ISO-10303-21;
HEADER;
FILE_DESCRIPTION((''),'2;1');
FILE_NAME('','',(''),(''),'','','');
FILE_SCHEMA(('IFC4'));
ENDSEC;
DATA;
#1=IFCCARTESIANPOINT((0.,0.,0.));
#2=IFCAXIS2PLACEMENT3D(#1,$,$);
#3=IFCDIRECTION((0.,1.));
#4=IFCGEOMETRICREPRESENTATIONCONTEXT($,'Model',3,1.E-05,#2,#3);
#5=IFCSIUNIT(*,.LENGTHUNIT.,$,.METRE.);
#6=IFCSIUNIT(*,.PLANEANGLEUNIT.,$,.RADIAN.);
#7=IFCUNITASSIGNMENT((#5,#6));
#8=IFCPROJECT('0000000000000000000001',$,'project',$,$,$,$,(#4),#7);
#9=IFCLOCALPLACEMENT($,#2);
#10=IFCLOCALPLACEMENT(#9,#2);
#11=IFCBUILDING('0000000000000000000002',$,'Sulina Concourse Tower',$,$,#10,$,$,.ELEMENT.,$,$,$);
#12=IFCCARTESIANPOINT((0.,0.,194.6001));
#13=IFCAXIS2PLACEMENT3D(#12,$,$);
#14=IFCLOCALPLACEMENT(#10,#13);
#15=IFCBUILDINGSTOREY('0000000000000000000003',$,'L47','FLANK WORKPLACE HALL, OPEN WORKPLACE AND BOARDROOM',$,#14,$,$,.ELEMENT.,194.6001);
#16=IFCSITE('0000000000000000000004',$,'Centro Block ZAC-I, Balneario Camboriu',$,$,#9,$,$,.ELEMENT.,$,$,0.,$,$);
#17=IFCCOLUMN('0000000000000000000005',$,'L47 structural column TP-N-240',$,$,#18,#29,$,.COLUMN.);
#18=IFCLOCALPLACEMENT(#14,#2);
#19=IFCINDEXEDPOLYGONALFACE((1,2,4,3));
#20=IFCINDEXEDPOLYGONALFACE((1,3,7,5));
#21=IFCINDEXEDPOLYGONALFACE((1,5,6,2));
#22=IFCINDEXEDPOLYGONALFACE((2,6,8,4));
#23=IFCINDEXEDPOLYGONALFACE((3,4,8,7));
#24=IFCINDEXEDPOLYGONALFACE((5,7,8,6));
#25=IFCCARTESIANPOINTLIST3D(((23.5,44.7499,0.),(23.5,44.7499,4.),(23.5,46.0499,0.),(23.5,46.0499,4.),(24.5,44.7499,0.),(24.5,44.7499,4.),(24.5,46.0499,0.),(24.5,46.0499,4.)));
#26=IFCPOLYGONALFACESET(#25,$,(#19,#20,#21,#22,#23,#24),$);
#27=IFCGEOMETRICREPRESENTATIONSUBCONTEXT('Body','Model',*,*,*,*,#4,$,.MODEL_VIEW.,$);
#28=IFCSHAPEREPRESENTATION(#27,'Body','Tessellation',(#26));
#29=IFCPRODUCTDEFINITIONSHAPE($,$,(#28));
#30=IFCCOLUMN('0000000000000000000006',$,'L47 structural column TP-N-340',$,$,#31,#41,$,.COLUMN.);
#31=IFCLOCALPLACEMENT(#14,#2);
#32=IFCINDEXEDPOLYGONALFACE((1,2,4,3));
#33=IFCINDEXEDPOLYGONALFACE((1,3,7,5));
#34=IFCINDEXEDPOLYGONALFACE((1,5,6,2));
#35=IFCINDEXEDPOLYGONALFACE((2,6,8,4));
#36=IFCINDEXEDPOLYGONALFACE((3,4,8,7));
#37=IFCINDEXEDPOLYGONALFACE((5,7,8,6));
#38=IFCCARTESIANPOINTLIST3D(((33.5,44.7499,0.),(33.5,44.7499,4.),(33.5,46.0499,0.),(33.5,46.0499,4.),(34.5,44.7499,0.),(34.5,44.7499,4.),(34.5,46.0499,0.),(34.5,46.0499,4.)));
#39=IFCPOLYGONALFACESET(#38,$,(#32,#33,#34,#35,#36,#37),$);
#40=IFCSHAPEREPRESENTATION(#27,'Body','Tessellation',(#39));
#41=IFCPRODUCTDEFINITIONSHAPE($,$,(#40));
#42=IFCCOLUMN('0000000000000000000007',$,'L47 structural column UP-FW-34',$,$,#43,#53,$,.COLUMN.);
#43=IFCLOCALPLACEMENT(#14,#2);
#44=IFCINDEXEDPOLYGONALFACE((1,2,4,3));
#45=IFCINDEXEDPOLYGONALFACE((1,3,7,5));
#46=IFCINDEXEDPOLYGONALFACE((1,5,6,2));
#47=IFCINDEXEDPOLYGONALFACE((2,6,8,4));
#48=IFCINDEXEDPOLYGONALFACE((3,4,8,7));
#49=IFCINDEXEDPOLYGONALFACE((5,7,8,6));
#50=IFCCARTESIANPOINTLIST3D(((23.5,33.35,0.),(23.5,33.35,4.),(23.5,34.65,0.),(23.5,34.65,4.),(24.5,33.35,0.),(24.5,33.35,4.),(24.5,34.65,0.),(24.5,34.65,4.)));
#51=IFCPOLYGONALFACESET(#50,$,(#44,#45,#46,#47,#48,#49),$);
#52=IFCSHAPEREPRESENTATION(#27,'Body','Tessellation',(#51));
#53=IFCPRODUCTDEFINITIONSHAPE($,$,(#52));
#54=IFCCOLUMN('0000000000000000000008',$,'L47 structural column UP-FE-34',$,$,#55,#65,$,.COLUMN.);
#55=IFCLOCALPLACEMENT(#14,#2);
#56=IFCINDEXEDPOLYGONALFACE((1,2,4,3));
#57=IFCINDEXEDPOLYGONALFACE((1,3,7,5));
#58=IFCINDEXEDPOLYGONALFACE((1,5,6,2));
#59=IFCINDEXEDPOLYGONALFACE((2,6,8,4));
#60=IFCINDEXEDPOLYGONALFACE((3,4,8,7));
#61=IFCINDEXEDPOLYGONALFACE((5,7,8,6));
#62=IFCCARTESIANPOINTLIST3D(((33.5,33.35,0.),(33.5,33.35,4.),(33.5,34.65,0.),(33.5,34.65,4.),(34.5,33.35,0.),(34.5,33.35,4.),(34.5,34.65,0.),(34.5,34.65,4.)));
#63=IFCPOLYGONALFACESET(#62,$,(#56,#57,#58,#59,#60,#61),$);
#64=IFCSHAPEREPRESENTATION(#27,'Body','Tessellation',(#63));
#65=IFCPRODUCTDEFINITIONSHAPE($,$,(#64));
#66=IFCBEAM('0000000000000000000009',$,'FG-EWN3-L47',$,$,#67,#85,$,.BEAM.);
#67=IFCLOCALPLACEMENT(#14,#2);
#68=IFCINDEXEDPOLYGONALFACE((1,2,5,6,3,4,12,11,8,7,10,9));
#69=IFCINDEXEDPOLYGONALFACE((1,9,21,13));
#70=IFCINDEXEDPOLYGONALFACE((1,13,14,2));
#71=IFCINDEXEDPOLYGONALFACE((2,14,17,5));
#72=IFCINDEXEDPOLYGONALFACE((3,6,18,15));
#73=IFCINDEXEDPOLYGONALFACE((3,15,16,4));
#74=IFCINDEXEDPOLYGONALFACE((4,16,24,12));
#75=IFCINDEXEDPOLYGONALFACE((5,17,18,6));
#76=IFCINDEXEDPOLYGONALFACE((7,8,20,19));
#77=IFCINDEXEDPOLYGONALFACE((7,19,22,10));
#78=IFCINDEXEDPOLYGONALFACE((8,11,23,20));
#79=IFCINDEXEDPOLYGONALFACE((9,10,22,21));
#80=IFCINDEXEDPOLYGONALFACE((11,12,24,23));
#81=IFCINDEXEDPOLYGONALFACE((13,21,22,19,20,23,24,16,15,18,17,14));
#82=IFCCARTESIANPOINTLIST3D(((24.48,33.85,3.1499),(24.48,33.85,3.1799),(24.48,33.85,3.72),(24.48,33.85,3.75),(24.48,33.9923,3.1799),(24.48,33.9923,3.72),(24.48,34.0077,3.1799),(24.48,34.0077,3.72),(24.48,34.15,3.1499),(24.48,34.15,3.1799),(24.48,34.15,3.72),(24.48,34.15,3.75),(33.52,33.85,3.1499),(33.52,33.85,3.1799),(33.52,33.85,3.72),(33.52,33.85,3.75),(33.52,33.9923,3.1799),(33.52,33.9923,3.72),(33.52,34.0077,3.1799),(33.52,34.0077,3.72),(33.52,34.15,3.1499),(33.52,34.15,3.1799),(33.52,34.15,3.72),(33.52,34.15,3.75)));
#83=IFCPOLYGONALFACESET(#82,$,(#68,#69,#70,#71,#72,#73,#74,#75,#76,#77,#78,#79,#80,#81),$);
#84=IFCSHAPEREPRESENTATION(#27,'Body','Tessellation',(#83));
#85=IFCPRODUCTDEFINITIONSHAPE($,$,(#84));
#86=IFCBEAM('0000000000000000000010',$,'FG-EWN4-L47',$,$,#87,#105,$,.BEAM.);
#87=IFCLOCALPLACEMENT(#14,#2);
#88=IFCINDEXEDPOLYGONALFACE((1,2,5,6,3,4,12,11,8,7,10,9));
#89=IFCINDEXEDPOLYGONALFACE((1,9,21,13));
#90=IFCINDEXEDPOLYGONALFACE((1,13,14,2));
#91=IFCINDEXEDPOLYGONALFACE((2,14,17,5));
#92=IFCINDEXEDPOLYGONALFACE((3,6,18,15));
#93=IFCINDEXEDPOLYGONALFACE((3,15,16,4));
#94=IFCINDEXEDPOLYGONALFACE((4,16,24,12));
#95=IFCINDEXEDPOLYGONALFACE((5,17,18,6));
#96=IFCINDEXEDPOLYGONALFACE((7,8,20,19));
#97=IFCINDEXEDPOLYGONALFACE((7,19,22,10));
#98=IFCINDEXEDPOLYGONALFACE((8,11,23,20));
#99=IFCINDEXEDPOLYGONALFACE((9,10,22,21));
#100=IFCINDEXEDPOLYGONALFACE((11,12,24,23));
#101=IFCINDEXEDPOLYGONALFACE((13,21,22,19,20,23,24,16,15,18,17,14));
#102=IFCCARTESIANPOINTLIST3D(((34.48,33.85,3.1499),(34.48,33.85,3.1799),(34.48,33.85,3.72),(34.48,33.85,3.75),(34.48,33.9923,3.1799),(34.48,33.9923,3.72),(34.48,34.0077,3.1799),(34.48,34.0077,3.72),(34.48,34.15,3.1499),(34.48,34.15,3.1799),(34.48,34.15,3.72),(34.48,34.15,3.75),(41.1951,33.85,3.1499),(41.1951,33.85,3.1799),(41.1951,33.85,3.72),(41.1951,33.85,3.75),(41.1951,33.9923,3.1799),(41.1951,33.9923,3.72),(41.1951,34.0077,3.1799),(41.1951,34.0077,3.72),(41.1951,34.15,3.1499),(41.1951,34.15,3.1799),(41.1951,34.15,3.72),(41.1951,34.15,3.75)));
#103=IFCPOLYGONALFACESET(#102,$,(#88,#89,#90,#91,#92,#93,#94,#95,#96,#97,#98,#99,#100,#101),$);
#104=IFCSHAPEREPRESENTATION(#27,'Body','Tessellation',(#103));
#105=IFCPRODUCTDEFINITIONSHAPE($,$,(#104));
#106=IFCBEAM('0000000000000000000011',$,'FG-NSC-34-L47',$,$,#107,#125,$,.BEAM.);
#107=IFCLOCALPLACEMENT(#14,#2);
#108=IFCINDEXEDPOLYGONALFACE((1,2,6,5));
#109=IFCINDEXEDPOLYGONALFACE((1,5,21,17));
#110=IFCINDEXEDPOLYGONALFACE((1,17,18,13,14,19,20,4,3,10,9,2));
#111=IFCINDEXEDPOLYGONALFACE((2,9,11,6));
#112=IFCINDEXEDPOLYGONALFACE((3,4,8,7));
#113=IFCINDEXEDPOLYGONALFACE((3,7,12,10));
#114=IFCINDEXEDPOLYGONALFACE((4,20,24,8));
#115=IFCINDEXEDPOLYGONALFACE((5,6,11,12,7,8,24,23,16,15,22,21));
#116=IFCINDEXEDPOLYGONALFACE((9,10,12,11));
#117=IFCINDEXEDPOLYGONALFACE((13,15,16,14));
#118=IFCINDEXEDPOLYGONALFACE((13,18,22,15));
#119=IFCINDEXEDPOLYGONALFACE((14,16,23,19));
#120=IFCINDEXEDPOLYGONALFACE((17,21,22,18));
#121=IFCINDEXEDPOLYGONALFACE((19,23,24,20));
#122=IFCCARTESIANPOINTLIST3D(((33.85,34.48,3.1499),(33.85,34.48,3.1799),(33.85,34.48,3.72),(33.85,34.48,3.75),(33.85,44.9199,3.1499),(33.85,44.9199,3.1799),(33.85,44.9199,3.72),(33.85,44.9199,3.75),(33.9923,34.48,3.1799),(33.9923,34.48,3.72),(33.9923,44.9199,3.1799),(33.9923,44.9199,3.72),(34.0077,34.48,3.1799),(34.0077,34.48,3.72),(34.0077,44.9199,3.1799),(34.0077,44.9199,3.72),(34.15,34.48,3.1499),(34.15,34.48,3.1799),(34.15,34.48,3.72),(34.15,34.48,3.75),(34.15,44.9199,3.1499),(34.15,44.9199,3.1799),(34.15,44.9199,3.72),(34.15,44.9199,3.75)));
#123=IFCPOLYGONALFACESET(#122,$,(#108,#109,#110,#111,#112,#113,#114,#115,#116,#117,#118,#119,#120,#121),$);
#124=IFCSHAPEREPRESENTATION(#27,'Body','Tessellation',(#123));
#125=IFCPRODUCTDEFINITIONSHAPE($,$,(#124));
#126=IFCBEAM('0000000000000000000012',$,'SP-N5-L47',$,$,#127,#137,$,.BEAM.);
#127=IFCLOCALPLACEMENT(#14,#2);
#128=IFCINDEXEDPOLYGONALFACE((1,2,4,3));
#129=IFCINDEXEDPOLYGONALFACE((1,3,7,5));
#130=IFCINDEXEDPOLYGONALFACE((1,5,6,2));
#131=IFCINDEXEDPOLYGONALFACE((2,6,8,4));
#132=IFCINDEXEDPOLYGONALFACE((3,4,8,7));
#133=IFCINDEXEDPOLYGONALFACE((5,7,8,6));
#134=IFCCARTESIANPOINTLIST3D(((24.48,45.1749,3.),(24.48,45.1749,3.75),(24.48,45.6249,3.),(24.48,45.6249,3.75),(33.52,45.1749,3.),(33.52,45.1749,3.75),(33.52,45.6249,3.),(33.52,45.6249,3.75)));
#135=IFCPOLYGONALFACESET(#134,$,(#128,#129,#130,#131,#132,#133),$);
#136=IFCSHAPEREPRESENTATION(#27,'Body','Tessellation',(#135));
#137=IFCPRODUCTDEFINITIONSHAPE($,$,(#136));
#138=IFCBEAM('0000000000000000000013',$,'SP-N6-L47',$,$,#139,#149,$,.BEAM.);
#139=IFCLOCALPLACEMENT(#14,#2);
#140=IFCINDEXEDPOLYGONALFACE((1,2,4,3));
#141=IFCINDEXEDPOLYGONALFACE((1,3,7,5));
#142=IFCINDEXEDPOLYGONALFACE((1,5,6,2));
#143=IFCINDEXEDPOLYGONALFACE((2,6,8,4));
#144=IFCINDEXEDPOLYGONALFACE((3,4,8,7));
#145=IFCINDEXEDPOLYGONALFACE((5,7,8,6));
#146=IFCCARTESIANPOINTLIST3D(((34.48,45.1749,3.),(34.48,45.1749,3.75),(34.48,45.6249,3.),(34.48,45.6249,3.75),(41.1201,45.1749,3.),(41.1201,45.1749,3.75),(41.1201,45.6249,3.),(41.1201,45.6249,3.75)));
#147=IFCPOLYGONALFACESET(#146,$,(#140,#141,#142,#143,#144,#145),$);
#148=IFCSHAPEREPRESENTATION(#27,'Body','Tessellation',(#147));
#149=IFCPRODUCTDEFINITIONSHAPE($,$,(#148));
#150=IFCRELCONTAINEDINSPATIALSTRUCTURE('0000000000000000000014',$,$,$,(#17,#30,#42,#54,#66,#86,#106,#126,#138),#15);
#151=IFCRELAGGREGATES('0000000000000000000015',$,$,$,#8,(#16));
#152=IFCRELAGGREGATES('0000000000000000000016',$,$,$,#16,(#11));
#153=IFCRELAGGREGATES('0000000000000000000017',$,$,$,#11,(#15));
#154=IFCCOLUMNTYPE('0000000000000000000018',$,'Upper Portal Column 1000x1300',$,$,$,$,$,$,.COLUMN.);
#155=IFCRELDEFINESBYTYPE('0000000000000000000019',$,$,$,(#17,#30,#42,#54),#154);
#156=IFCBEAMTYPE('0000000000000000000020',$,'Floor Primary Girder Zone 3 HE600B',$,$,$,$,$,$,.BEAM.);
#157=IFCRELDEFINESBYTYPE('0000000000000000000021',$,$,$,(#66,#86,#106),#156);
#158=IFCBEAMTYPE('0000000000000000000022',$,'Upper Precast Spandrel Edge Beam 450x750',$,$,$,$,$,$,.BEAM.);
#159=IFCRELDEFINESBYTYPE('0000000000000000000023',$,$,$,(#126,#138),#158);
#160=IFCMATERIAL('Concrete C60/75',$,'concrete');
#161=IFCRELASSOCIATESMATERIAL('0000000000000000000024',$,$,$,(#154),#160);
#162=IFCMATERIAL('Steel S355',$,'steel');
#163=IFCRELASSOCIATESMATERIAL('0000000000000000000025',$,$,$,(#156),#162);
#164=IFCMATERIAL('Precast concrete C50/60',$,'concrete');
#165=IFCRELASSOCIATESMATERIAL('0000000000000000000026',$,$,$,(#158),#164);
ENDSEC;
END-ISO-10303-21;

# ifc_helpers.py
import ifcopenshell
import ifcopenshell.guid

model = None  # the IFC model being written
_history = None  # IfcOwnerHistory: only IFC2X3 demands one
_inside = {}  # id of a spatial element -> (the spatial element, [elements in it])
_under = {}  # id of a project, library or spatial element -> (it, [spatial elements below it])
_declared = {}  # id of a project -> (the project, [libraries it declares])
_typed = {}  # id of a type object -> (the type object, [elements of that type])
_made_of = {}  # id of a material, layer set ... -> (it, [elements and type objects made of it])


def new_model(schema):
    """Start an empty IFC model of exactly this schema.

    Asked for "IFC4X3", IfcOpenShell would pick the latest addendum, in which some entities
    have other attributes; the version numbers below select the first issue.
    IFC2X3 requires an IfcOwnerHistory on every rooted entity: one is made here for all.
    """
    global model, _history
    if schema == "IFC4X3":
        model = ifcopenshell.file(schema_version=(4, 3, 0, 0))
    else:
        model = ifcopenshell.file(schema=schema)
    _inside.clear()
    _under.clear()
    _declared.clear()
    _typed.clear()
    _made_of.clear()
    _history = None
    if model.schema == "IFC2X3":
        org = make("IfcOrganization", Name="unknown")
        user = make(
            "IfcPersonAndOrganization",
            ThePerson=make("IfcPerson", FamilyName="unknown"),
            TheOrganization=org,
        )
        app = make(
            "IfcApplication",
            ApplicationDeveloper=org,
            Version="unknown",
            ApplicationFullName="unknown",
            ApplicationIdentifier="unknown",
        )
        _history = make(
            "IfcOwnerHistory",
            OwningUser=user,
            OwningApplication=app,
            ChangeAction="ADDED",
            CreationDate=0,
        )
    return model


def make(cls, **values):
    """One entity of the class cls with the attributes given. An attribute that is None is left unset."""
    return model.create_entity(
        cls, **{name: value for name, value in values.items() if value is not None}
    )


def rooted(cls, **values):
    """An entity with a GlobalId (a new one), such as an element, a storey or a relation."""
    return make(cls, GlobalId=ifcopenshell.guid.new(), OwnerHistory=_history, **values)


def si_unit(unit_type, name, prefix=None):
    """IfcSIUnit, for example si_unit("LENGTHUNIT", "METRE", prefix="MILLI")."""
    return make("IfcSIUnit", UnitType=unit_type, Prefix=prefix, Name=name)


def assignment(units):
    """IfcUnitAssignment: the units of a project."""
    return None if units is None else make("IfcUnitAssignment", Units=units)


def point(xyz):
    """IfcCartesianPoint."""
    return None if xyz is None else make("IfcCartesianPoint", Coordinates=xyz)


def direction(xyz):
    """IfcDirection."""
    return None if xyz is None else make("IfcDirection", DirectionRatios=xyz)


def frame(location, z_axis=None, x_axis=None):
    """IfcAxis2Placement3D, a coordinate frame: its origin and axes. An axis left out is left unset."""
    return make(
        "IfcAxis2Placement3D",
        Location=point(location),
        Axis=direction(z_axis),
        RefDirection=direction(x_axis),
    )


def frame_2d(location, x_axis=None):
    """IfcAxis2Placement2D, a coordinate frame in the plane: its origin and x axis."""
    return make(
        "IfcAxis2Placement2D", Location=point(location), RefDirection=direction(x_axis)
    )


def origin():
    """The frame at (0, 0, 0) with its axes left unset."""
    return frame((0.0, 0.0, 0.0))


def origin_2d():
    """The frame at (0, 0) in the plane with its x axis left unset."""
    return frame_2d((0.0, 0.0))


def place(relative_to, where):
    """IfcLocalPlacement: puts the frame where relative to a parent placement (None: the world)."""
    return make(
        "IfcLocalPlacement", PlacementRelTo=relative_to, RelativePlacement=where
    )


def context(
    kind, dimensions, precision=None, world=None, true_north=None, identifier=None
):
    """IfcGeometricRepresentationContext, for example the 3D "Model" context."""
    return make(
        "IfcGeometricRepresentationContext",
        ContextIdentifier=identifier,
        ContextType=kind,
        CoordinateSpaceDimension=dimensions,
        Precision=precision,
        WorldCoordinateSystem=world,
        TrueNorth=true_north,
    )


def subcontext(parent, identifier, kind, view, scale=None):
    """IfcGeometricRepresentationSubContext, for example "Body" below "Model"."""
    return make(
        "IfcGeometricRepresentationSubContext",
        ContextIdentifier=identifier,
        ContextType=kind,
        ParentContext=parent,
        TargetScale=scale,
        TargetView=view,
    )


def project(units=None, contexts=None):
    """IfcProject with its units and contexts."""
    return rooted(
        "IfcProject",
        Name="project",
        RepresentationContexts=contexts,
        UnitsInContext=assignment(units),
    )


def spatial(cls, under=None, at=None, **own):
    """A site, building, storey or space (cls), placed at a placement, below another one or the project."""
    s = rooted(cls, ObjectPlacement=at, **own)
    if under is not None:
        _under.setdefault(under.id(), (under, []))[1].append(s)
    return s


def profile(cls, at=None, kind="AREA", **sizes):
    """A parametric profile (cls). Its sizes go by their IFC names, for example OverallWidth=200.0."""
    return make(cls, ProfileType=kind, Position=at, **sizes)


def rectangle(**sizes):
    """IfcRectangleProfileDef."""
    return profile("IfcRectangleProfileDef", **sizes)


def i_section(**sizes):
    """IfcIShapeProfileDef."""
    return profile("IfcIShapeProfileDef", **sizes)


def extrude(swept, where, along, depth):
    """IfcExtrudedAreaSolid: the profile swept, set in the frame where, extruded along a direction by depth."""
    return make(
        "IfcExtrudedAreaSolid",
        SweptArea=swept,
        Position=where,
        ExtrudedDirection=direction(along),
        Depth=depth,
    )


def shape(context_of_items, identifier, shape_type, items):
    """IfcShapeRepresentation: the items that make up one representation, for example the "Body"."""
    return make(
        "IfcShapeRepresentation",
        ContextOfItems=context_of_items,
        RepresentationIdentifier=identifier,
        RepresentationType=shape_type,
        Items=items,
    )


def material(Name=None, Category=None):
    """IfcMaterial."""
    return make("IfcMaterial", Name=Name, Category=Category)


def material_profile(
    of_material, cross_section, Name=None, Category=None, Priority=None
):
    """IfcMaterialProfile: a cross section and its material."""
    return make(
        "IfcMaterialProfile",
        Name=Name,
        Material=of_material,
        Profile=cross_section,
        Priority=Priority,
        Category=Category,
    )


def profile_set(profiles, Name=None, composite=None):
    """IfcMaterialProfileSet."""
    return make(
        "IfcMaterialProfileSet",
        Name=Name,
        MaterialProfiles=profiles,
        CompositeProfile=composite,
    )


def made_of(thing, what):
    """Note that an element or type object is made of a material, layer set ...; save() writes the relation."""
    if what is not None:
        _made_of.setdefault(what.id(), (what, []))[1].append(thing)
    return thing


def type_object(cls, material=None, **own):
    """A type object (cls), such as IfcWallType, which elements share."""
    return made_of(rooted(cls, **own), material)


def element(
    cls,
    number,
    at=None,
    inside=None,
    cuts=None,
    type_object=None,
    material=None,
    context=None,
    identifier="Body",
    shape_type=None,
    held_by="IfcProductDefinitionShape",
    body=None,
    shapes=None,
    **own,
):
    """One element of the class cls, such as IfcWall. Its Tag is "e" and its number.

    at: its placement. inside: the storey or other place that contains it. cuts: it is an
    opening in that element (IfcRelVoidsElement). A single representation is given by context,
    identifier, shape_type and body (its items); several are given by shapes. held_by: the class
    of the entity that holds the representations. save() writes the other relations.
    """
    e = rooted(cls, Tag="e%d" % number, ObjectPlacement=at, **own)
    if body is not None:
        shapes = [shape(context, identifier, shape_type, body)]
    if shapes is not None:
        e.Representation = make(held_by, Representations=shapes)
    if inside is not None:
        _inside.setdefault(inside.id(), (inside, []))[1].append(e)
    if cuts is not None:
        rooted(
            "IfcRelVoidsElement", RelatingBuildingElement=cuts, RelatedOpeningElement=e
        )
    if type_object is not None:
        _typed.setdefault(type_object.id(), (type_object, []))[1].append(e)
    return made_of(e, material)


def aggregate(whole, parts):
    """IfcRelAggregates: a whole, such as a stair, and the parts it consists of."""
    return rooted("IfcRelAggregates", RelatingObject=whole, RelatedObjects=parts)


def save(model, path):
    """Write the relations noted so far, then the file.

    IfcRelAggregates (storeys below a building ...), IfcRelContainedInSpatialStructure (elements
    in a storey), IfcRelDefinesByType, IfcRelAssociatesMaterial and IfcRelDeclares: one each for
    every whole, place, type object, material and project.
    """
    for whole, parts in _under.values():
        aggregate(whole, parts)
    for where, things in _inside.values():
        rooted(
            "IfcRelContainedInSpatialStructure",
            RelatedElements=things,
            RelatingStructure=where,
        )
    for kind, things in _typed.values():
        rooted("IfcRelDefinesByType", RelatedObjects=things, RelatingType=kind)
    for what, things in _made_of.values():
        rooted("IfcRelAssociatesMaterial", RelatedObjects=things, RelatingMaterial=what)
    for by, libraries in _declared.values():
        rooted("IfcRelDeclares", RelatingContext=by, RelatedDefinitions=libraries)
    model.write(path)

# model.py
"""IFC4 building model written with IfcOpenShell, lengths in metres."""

from ifc_helpers import new_model, si_unit, direction, frame, origin, origin_2d, place, context, subcontext, project, spatial, rectangle, i_section, extrude, material, material_profile, profile_set, type_object, element, save


model = new_model("IFC4")

# Units and contexts
model_context = context("Model", 3, precision=1e-05, world=origin(), true_north=direction((0.0, 1.0)))
body_context = subcontext(model_context, "Body", "Model", "MODEL_VIEW")
ifc_project = project(units=[si_unit("LENGTHUNIT", "METRE"), si_unit("PLANEANGLEUNIT", "RADIAN")], contexts=[model_context])

# Site, building, storey
site_placement = place(None, origin())
site = spatial("IfcSite", under=ifc_project, at=site_placement, Name="Centro Block ZAC-I, Balneario Camboriu", CompositionType="ELEMENT", RefElevation=0.0)
building_placement = place(site_placement, origin())
building = spatial("IfcBuilding", under=site, at=building_placement, Name="Sulina Concourse Tower", CompositionType="ELEMENT")
storey_placement = place(building_placement, frame((0.0, 0.0, 194.6001)))
storey = spatial("IfcBuildingStorey", under=building, at=storey_placement, Name="L47", Description="FLANK WORKPLACE HALL, OPEN WORKPLACE AND BOARDROOM", CompositionType="ELEMENT", Elevation=194.6001)

# Columns
ifc_material_1 = material(Name="Concrete C60/75", Category="concrete")
ifc_material_profile_1 = material_profile(ifc_material_1, rectangle(XDim=1.0, YDim=1.3, at=origin_2d()), Name="RC 1000x1300")
ifc_profile_set_1 = profile_set([ifc_material_profile_1], Name="Concrete C60/75")
column_type = type_object("IfcColumnType", Name="Upper Portal Column 1000x1300", PredefinedType="COLUMN", material=ifc_profile_set_1)
for number, where, z_axis, x_axis, name in (
    (1, (24.0, 45.3999, 0.0), (0.0, 0.0, 1.0), (1.0, 0.0, 0.0), "L47 structural column TP-N-240"),
    (2, (34.0, 45.3999, 0.0), (0.0, 0.0, 1.0), (1.0, 0.0, 0.0), "L47 structural column TP-N-340"),
    (3, (24.0, 34.0, 0.0), (0.0, 0.0, 1.0), (1.0, 0.0, 0.0), "L47 structural column UP-FW-34"),
    (4, (34.0, 34.0, 0.0), (0.0, 0.0, 1.0), (1.0, 0.0, 0.0), "L47 structural column UP-FE-34"),
):
    element("IfcColumn", number, at=place(storey_placement, frame(where, z_axis=z_axis, x_axis=x_axis)), inside=storey, type_object=column_type, Name=name, PredefinedType="COLUMN", context=body_context, shape_type="SweptSolid", body=[
        extrude(rectangle(XDim=1.0, YDim=1.3, at=origin_2d()), origin(), (0.0, 0.0, 1.0), 4.0),
    ])

# Beams
ifc_material_2 = material(Name="Steel S355", Category="steel")
ifc_material_profile_2 = material_profile(ifc_material_2, i_section(OverallWidth=0.3, OverallDepth=0.6001, WebThickness=0.0154, FlangeThickness=0.03, at=origin_2d()), Name="HE 600 B")
ifc_profile_set_2 = profile_set([ifc_material_profile_2], Name="Steel S355")
beam_type_1 = type_object("IfcBeamType", Name="Floor Primary Girder Zone 3 HE600B", PredefinedType="BEAM", material=ifc_profile_set_2)
beam_1_placement = place(storey_placement, frame((24.48, 34.0, 3.45), z_axis=(1.0, 0.0, 0.0), x_axis=(0.0, 1.0, 0.0)))
element("IfcBeam", 5, at=beam_1_placement, inside=storey, type_object=beam_type_1, Name="FG-EWN3-L47", PredefinedType="BEAM", context=body_context, shape_type="SweptSolid", body=[
    extrude(i_section(OverallWidth=0.3, OverallDepth=0.6001, WebThickness=0.0154, FlangeThickness=0.03, at=origin_2d()), origin(), (0.0, 0.0, 1.0), 9.04),
])
beam_2_placement = place(storey_placement, frame((34.48, 34.0, 3.45), z_axis=(1.0, 0.0, 0.0), x_axis=(0.0, 1.0, 0.0)))
element("IfcBeam", 6, at=beam_2_placement, inside=storey, type_object=beam_type_1, Name="FG-EWN4-L47", PredefinedType="BEAM", context=body_context, shape_type="SweptSolid", body=[
    extrude(i_section(OverallWidth=0.3, OverallDepth=0.6001, WebThickness=0.0154, FlangeThickness=0.03, at=origin_2d()), origin(), (0.0, 0.0, 1.0), 6.7151),
])
beam_3_placement = place(storey_placement, frame((34.0, 34.48, 3.45), z_axis=(0.0, 1.0, 0.0), x_axis=(-1.0, 0.0, 0.0)))
element("IfcBeam", 7, at=beam_3_placement, inside=storey, type_object=beam_type_1, Name="FG-NSC-34-L47", PredefinedType="BEAM", context=body_context, shape_type="SweptSolid", body=[
    extrude(i_section(OverallWidth=0.3, OverallDepth=0.6001, WebThickness=0.0154, FlangeThickness=0.03, at=origin_2d()), origin(), (0.0, 0.0, 1.0), 10.4399),
])
ifc_material_3 = material(Name="Precast concrete C50/60", Category="concrete")
ifc_material_profile_3 = material_profile(ifc_material_3, rectangle(XDim=0.45, YDim=0.75, at=origin_2d()), Name="RC 450x750")
ifc_profile_set_3 = profile_set([ifc_material_profile_3], Name="Precast concrete C50/60")
beam_type_2 = type_object("IfcBeamType", Name="Upper Precast Spandrel Edge Beam 450x750", PredefinedType="BEAM", material=ifc_profile_set_3)
beam_4_placement = place(storey_placement, frame((24.48, 45.3999, 3.375), z_axis=(1.0, 0.0, 0.0), x_axis=(0.0, 1.0, 0.0)))
element("IfcBeam", 8, at=beam_4_placement, inside=storey, type_object=beam_type_2, Name="SP-N5-L47", PredefinedType="BEAM", context=body_context, shape_type="SweptSolid", body=[
    extrude(rectangle(XDim=0.45, YDim=0.75, at=origin_2d()), origin(), (0.0, 0.0, 1.0), 9.04),
])
beam_5_placement = place(storey_placement, frame((34.48, 45.3999, 3.375), z_axis=(1.0, 0.0, 0.0), x_axis=(0.0, 1.0, 0.0)))
element("IfcBeam", 9, at=beam_5_placement, inside=storey, type_object=beam_type_2, Name="SP-N6-L47", PredefinedType="BEAM", context=body_context, shape_type="SweptSolid", body=[
    extrude(rectangle(XDim=0.45, YDim=0.75, at=origin_2d()), origin(), (0.0, 0.0, 1.0), 6.6401),
])

save(model, "model.ifc")
